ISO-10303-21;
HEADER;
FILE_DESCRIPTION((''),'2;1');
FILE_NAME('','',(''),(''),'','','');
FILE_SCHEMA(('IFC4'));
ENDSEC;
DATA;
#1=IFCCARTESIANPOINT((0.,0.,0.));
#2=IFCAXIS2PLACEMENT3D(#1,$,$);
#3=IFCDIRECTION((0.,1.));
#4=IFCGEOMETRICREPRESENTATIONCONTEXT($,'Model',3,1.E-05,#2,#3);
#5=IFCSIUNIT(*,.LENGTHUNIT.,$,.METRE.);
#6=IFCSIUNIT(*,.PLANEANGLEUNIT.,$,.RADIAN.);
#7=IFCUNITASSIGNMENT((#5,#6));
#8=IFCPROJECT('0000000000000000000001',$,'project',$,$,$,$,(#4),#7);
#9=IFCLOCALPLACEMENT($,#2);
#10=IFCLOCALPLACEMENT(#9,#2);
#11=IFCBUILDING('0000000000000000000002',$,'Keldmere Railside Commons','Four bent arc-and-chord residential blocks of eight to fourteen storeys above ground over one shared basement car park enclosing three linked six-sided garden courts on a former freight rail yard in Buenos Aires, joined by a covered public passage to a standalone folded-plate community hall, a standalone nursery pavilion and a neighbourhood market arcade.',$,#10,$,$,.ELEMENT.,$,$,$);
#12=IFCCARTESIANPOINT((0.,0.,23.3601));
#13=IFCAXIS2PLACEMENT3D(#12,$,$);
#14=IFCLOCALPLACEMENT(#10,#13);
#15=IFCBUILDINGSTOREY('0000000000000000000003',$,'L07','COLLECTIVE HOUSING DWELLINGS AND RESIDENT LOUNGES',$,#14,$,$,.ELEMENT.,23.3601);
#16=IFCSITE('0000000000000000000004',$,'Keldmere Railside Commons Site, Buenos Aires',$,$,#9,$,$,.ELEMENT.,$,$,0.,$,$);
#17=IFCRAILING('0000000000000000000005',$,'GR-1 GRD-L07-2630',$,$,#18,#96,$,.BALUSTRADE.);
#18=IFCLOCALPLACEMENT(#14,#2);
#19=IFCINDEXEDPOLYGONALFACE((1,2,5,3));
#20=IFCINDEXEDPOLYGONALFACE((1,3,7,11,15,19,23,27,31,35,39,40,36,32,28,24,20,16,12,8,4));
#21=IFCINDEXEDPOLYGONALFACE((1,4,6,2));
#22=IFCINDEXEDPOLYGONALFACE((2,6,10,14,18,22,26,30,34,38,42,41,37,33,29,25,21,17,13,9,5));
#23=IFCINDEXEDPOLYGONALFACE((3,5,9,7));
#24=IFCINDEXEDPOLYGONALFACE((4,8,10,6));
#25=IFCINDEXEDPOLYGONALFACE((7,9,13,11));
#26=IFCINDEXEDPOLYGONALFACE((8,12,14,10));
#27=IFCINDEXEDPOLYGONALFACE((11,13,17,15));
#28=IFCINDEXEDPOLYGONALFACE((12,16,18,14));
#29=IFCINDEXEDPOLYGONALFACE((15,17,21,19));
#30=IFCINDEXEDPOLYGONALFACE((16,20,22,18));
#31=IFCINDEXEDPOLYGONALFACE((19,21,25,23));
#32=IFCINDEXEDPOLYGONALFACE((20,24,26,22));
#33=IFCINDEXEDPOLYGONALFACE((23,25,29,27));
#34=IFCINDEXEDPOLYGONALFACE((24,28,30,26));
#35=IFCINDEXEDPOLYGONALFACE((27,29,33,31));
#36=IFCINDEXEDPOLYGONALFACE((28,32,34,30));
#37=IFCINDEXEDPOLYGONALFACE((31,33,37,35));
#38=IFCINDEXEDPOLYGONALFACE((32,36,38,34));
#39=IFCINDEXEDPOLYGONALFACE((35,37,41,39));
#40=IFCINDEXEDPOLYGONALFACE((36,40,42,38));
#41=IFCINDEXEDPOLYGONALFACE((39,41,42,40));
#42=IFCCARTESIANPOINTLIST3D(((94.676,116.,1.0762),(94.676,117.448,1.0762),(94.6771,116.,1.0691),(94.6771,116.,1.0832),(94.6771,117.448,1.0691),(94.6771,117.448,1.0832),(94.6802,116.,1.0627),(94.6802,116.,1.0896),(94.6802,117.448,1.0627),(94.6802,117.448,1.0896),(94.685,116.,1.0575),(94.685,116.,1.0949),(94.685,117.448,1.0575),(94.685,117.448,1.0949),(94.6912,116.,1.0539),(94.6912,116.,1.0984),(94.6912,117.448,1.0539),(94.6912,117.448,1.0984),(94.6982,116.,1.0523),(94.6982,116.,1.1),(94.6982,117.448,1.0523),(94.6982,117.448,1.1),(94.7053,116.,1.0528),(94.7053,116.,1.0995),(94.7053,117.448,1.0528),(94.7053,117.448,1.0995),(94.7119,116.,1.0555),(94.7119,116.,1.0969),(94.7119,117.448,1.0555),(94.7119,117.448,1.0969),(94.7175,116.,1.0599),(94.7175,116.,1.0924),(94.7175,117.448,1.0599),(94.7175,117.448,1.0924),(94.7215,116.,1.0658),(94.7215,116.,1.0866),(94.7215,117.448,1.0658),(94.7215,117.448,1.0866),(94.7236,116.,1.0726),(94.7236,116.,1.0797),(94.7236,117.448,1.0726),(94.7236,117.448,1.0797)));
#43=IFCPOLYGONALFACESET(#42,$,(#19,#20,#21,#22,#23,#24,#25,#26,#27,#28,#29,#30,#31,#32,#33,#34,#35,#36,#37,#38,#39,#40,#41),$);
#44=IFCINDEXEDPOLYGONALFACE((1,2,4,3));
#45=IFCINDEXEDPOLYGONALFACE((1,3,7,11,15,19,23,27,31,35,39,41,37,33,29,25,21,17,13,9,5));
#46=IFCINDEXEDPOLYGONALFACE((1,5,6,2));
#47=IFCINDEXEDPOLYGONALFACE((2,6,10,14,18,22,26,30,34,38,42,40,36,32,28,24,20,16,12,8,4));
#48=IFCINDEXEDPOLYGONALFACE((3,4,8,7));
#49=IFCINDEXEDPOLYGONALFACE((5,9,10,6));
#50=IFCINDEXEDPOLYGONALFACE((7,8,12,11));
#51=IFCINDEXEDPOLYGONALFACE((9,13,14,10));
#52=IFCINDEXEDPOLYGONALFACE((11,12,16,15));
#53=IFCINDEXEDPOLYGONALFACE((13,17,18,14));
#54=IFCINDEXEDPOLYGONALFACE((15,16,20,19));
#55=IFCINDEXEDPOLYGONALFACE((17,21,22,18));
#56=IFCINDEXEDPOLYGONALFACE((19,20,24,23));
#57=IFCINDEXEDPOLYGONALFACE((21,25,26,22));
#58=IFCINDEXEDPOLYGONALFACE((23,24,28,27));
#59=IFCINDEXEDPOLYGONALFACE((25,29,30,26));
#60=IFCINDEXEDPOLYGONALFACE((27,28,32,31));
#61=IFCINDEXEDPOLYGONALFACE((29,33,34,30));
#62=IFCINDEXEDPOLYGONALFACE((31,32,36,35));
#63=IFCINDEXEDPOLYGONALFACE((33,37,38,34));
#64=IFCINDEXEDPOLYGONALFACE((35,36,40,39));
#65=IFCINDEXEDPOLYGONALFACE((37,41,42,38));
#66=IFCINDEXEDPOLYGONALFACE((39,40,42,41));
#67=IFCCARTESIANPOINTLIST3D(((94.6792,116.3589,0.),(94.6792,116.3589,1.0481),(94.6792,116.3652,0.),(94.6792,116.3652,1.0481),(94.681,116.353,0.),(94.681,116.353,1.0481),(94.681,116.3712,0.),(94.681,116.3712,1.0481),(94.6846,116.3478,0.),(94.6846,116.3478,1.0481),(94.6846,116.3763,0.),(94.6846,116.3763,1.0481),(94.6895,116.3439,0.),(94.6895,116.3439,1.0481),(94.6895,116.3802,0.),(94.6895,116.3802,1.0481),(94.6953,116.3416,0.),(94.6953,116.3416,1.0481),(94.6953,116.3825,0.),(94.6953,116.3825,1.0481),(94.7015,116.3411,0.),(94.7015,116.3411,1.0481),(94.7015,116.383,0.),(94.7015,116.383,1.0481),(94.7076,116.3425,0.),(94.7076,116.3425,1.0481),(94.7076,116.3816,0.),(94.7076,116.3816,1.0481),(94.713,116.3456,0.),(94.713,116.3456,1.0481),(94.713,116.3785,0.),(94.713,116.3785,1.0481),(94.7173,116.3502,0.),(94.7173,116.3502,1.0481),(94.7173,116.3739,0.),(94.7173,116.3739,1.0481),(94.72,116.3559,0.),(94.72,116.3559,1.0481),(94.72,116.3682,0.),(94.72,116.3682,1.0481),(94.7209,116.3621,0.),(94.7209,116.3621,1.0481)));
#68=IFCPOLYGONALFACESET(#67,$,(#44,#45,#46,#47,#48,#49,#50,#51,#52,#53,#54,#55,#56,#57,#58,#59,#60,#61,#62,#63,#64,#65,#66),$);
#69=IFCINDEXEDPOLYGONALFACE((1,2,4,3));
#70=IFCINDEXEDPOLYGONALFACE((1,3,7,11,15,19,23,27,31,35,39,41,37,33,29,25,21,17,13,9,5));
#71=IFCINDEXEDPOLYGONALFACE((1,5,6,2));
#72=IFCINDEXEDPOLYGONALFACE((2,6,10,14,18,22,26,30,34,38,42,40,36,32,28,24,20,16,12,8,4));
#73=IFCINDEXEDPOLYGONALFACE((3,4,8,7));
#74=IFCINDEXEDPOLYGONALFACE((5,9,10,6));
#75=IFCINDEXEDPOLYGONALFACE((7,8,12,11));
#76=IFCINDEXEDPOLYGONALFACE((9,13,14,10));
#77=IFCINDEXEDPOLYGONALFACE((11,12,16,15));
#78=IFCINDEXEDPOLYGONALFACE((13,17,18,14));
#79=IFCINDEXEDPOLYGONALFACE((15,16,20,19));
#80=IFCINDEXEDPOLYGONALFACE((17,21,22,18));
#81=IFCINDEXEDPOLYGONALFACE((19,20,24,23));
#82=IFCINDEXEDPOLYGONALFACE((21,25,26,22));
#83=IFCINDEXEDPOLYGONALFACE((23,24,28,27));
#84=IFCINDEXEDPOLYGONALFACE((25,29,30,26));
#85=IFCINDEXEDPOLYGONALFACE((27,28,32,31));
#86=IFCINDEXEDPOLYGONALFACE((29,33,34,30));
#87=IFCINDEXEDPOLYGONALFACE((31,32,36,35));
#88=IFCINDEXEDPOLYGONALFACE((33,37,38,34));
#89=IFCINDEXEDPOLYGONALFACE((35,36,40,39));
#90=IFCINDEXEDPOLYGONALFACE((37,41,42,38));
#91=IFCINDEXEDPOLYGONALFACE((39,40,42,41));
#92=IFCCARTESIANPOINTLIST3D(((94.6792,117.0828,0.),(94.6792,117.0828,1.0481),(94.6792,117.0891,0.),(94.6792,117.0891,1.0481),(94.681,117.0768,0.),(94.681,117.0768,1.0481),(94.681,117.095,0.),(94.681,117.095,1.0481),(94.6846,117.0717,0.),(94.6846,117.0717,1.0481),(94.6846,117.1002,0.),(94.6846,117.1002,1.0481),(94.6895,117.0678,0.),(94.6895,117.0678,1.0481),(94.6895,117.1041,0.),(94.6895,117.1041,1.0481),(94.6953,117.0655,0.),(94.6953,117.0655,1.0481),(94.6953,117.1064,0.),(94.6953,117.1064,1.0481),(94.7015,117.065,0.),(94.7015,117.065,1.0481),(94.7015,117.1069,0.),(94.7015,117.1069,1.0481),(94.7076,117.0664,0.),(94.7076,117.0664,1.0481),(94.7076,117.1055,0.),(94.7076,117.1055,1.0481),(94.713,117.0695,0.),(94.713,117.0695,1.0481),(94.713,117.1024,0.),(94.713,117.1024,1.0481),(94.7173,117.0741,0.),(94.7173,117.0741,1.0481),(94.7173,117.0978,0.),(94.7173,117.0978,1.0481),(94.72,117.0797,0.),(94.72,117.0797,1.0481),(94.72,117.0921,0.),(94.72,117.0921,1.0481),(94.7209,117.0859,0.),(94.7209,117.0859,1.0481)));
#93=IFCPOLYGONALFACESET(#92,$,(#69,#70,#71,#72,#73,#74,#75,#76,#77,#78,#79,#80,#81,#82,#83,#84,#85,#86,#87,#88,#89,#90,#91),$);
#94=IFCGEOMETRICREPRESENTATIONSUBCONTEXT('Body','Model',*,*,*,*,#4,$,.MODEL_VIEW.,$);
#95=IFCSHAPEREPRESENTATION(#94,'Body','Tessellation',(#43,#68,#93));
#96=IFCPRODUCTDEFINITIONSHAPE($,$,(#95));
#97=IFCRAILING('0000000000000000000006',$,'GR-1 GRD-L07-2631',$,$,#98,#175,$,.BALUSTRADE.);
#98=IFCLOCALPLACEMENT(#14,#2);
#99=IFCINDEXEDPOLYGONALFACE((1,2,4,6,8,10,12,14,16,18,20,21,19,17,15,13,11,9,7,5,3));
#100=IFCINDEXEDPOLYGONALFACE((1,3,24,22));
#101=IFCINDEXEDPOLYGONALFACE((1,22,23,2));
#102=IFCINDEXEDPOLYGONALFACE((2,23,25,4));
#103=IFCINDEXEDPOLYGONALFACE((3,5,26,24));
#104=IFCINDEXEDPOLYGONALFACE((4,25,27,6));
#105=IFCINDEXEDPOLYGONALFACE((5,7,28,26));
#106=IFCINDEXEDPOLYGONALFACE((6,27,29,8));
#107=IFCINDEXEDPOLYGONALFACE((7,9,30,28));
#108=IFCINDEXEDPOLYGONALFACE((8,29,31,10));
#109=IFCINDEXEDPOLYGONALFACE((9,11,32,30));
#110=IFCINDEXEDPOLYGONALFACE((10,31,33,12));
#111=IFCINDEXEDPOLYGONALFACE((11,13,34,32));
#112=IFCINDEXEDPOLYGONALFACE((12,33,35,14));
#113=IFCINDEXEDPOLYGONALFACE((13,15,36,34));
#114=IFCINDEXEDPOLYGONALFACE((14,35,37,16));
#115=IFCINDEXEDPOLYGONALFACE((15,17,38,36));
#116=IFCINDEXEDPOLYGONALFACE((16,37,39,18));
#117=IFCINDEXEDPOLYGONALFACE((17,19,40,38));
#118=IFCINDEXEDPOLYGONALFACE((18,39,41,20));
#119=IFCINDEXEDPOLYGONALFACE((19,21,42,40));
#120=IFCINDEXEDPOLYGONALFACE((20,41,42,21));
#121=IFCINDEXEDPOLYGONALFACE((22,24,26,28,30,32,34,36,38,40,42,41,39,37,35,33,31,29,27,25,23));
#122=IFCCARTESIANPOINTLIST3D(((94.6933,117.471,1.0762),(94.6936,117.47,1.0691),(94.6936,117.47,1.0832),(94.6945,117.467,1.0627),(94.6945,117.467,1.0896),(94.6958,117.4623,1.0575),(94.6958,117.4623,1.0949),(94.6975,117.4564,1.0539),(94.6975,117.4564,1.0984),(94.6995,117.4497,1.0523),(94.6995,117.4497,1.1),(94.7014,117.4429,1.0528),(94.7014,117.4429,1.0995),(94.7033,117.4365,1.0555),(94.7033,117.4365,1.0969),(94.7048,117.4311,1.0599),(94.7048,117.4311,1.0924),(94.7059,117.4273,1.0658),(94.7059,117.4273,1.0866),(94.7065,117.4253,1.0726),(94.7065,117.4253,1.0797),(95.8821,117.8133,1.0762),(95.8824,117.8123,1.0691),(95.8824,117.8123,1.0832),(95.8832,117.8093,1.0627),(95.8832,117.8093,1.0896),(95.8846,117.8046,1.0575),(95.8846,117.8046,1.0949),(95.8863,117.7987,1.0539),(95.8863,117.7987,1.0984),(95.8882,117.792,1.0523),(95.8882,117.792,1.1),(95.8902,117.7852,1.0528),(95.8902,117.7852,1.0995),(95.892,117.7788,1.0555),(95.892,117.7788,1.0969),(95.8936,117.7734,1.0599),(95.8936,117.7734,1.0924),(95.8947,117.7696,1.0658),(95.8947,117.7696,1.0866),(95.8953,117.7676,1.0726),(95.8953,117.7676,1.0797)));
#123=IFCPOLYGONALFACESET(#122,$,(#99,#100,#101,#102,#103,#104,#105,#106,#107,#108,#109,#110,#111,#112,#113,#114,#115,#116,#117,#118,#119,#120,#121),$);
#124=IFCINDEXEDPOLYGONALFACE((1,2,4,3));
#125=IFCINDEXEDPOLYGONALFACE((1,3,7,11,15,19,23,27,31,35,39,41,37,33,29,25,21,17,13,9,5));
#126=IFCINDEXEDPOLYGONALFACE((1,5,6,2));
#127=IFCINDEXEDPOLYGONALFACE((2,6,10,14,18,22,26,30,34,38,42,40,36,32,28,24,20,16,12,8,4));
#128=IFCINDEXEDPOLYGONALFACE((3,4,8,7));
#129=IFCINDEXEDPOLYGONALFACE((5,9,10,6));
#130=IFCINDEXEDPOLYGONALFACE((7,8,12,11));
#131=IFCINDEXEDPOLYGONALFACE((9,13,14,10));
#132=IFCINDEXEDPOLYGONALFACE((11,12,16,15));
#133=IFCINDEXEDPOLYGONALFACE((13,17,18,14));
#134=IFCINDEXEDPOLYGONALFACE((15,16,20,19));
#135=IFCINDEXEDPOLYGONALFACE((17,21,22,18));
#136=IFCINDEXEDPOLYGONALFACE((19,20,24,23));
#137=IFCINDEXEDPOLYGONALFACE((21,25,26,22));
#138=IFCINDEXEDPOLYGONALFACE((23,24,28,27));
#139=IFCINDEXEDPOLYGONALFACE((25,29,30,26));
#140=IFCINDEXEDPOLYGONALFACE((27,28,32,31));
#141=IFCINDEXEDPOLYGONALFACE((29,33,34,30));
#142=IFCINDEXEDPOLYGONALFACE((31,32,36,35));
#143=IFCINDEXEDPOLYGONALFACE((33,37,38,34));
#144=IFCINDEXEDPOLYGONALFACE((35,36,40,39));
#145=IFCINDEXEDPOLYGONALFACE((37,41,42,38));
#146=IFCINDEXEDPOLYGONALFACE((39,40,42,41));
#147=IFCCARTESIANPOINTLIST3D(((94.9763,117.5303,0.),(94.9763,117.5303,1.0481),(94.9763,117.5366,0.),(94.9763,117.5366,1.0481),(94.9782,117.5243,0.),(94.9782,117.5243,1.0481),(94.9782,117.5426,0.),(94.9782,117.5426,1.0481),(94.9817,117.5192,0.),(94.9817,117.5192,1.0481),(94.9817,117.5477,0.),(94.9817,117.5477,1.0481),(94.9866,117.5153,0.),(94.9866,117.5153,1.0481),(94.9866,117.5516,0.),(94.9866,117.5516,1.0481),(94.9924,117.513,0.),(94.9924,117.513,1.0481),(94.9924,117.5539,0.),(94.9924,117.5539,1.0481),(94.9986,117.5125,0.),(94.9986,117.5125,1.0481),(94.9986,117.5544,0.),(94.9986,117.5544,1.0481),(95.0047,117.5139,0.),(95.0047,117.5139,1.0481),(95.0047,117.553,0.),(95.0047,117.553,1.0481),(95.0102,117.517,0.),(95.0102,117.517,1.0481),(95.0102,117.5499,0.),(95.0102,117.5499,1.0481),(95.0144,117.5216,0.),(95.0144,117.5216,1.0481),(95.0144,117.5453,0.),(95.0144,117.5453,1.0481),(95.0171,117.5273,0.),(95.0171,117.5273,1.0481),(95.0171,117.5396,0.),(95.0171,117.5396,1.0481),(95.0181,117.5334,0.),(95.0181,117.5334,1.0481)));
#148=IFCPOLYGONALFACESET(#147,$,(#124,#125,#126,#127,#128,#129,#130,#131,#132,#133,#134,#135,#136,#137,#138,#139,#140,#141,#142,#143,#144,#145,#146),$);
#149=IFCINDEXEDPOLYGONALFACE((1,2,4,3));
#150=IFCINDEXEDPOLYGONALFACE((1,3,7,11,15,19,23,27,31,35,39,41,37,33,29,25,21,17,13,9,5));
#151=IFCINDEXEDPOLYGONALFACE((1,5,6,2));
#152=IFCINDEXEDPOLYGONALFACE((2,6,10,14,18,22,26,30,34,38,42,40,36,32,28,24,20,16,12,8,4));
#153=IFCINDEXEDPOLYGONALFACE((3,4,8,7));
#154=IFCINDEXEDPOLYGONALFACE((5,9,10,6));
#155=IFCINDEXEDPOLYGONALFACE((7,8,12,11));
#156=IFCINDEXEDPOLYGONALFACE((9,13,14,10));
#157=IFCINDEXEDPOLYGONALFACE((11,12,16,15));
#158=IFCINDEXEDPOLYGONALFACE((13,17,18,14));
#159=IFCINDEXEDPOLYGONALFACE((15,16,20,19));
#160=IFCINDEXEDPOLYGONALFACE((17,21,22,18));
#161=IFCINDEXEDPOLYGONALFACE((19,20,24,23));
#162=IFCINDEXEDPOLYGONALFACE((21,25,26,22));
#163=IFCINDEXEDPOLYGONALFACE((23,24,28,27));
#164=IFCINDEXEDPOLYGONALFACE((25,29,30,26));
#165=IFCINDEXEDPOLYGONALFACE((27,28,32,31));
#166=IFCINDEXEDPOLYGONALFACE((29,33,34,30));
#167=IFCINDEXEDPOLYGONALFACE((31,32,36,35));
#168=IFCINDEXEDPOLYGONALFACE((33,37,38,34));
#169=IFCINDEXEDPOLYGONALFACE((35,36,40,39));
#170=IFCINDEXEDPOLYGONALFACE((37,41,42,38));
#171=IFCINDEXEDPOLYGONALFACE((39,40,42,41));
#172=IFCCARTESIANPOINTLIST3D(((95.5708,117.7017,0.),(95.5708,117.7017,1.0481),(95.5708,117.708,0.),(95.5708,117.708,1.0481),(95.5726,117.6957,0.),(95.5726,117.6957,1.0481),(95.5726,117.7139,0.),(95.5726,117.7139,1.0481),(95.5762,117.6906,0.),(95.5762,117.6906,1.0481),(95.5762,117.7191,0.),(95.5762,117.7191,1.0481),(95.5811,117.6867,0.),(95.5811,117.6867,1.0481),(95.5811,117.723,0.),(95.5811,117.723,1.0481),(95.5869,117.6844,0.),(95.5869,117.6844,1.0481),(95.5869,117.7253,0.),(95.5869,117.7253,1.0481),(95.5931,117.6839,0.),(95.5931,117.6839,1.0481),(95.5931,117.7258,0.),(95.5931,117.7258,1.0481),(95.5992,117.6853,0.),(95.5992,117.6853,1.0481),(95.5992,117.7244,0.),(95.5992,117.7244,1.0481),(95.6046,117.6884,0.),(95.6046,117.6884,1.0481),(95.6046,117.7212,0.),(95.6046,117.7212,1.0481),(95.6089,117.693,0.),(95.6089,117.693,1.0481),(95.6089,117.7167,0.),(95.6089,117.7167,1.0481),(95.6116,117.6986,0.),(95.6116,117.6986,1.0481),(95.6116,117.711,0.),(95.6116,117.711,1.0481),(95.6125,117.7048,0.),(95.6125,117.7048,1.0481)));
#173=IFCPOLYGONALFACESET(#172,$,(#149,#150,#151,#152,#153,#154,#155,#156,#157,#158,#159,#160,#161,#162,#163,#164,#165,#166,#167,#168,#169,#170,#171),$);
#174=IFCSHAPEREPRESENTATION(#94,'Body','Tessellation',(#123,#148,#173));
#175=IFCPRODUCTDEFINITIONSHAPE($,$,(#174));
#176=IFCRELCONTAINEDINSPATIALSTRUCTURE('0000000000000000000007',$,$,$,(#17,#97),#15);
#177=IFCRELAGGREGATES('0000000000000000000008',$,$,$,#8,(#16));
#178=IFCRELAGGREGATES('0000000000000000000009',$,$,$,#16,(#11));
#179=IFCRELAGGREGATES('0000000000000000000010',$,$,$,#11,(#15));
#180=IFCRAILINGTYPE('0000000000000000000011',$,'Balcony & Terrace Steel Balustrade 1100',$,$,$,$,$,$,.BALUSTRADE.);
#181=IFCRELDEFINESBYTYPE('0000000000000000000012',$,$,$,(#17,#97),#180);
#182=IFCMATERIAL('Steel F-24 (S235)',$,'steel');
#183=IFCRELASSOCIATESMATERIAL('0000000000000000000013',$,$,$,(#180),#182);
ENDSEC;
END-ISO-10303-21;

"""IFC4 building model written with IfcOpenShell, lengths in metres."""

from ifc_helpers import new_model, si_unit, direction, frame, origin, origin_2d, place, context, subcontext, project, spatial, circle, extrude, material, type_object, element, save


model = new_model("IFC4")

# Units and contexts
model_context = context("Model", 3, precision=1e-05, world=origin(), true_north=direction((0.0, 1.0)))
body_context = subcontext(model_context, "Body", "Model", "MODEL_VIEW")
ifc_project = project(units=[si_unit("LENGTHUNIT", "METRE"), si_unit("PLANEANGLEUNIT", "RADIAN")], contexts=[model_context])

# Site, building, storey
site_placement = place(None, origin())
site = spatial("IfcSite", under=ifc_project, at=site_placement, Name="Keldmere Railside Commons Site, Buenos Aires", CompositionType="ELEMENT", RefElevation=0.0)
building_placement = place(site_placement, origin())
building = spatial("IfcBuilding", under=site, at=building_placement, Name="Keldmere Railside Commons", Description="Four bent arc-and-chord residential blocks of eight to fourteen storeys above ground over one shared basement car park enclosing three linked six-sided garden courts on a former freight rail yard in Buenos Aires, joined by a covered public passage to a standalone folded-plate community hall, a standalone nursery pavilion and a neighbourhood market arcade.", CompositionType="ELEMENT")
storey_placement = place(building_placement, frame((0.0, 0.0, 23.3601)))
storey = spatial("IfcBuildingStorey", under=building, at=storey_placement, Name="L07", Description="COLLECTIVE HOUSING DWELLINGS AND RESIDENT LOUNGES", CompositionType="ELEMENT", Elevation=23.3601)

# Railings
ifc_material_1 = material(Name="Steel F-24 (S235)", Category="steel")
railing_type = type_object("IfcRailingType", Name="Balcony & Terrace Steel Balustrade 1100", PredefinedType="BALUSTRADE", material=ifc_material_1)
railing_1_placement = place(storey_placement, frame((94.7, 116.0, 0.0)))
element("IfcRailing", 1, at=railing_1_placement, inside=storey, type_object=railing_type, Name="GR-1 GRD-L07-2630", PredefinedType="BALUSTRADE", context=body_context, shape_type="SweptSolid", body=[
    extrude(circle(Radius=0.0239, at=origin_2d()), frame((0.0, 0.0, 1.0762), z_axis=(0.0, 1.0, 0.0), x_axis=(-1.0, 0.0, 0.0)), (0.0, 0.0, 1.0), 1.448),
    extrude(circle(Radius=0.021, at=origin_2d()), frame((0.0, 0.3621, 0.0)), (0.0, 0.0, 1.0), 1.0481),
    extrude(circle(Radius=0.021, at=origin_2d()), frame((0.0, 1.0859, 0.0)), (0.0, 0.0, 1.0), 1.0481),
])
railing_2_placement = place(storey_placement, frame((94.7, 117.448, 0.0)))
element("IfcRailing", 2, at=railing_2_placement, inside=storey, type_object=railing_type, Name="GR-1 GRD-L07-2631", PredefinedType="BALUSTRADE", context=body_context, shape_type="SweptSolid", body=[
    extrude(circle(Radius=0.0239, at=origin_2d()), frame((0.0, 0.0, 1.0762), z_axis=(0.960956, 0.276702, 0.0), x_axis=(-0.276702, 0.960956, 0.0)), (0.0, 0.0, 1.0), 1.2371),
    extrude(circle(Radius=0.021, at=origin_2d()), frame((0.2971, 0.0854, 0.0)), (0.0, 0.0, 1.0), 1.0481),
    extrude(circle(Radius=0.021, at=origin_2d()), frame((0.8916, 0.2568, 0.0)), (0.0, 0.0, 1.0), 1.0481),
])

save(model, "model.ifc")
